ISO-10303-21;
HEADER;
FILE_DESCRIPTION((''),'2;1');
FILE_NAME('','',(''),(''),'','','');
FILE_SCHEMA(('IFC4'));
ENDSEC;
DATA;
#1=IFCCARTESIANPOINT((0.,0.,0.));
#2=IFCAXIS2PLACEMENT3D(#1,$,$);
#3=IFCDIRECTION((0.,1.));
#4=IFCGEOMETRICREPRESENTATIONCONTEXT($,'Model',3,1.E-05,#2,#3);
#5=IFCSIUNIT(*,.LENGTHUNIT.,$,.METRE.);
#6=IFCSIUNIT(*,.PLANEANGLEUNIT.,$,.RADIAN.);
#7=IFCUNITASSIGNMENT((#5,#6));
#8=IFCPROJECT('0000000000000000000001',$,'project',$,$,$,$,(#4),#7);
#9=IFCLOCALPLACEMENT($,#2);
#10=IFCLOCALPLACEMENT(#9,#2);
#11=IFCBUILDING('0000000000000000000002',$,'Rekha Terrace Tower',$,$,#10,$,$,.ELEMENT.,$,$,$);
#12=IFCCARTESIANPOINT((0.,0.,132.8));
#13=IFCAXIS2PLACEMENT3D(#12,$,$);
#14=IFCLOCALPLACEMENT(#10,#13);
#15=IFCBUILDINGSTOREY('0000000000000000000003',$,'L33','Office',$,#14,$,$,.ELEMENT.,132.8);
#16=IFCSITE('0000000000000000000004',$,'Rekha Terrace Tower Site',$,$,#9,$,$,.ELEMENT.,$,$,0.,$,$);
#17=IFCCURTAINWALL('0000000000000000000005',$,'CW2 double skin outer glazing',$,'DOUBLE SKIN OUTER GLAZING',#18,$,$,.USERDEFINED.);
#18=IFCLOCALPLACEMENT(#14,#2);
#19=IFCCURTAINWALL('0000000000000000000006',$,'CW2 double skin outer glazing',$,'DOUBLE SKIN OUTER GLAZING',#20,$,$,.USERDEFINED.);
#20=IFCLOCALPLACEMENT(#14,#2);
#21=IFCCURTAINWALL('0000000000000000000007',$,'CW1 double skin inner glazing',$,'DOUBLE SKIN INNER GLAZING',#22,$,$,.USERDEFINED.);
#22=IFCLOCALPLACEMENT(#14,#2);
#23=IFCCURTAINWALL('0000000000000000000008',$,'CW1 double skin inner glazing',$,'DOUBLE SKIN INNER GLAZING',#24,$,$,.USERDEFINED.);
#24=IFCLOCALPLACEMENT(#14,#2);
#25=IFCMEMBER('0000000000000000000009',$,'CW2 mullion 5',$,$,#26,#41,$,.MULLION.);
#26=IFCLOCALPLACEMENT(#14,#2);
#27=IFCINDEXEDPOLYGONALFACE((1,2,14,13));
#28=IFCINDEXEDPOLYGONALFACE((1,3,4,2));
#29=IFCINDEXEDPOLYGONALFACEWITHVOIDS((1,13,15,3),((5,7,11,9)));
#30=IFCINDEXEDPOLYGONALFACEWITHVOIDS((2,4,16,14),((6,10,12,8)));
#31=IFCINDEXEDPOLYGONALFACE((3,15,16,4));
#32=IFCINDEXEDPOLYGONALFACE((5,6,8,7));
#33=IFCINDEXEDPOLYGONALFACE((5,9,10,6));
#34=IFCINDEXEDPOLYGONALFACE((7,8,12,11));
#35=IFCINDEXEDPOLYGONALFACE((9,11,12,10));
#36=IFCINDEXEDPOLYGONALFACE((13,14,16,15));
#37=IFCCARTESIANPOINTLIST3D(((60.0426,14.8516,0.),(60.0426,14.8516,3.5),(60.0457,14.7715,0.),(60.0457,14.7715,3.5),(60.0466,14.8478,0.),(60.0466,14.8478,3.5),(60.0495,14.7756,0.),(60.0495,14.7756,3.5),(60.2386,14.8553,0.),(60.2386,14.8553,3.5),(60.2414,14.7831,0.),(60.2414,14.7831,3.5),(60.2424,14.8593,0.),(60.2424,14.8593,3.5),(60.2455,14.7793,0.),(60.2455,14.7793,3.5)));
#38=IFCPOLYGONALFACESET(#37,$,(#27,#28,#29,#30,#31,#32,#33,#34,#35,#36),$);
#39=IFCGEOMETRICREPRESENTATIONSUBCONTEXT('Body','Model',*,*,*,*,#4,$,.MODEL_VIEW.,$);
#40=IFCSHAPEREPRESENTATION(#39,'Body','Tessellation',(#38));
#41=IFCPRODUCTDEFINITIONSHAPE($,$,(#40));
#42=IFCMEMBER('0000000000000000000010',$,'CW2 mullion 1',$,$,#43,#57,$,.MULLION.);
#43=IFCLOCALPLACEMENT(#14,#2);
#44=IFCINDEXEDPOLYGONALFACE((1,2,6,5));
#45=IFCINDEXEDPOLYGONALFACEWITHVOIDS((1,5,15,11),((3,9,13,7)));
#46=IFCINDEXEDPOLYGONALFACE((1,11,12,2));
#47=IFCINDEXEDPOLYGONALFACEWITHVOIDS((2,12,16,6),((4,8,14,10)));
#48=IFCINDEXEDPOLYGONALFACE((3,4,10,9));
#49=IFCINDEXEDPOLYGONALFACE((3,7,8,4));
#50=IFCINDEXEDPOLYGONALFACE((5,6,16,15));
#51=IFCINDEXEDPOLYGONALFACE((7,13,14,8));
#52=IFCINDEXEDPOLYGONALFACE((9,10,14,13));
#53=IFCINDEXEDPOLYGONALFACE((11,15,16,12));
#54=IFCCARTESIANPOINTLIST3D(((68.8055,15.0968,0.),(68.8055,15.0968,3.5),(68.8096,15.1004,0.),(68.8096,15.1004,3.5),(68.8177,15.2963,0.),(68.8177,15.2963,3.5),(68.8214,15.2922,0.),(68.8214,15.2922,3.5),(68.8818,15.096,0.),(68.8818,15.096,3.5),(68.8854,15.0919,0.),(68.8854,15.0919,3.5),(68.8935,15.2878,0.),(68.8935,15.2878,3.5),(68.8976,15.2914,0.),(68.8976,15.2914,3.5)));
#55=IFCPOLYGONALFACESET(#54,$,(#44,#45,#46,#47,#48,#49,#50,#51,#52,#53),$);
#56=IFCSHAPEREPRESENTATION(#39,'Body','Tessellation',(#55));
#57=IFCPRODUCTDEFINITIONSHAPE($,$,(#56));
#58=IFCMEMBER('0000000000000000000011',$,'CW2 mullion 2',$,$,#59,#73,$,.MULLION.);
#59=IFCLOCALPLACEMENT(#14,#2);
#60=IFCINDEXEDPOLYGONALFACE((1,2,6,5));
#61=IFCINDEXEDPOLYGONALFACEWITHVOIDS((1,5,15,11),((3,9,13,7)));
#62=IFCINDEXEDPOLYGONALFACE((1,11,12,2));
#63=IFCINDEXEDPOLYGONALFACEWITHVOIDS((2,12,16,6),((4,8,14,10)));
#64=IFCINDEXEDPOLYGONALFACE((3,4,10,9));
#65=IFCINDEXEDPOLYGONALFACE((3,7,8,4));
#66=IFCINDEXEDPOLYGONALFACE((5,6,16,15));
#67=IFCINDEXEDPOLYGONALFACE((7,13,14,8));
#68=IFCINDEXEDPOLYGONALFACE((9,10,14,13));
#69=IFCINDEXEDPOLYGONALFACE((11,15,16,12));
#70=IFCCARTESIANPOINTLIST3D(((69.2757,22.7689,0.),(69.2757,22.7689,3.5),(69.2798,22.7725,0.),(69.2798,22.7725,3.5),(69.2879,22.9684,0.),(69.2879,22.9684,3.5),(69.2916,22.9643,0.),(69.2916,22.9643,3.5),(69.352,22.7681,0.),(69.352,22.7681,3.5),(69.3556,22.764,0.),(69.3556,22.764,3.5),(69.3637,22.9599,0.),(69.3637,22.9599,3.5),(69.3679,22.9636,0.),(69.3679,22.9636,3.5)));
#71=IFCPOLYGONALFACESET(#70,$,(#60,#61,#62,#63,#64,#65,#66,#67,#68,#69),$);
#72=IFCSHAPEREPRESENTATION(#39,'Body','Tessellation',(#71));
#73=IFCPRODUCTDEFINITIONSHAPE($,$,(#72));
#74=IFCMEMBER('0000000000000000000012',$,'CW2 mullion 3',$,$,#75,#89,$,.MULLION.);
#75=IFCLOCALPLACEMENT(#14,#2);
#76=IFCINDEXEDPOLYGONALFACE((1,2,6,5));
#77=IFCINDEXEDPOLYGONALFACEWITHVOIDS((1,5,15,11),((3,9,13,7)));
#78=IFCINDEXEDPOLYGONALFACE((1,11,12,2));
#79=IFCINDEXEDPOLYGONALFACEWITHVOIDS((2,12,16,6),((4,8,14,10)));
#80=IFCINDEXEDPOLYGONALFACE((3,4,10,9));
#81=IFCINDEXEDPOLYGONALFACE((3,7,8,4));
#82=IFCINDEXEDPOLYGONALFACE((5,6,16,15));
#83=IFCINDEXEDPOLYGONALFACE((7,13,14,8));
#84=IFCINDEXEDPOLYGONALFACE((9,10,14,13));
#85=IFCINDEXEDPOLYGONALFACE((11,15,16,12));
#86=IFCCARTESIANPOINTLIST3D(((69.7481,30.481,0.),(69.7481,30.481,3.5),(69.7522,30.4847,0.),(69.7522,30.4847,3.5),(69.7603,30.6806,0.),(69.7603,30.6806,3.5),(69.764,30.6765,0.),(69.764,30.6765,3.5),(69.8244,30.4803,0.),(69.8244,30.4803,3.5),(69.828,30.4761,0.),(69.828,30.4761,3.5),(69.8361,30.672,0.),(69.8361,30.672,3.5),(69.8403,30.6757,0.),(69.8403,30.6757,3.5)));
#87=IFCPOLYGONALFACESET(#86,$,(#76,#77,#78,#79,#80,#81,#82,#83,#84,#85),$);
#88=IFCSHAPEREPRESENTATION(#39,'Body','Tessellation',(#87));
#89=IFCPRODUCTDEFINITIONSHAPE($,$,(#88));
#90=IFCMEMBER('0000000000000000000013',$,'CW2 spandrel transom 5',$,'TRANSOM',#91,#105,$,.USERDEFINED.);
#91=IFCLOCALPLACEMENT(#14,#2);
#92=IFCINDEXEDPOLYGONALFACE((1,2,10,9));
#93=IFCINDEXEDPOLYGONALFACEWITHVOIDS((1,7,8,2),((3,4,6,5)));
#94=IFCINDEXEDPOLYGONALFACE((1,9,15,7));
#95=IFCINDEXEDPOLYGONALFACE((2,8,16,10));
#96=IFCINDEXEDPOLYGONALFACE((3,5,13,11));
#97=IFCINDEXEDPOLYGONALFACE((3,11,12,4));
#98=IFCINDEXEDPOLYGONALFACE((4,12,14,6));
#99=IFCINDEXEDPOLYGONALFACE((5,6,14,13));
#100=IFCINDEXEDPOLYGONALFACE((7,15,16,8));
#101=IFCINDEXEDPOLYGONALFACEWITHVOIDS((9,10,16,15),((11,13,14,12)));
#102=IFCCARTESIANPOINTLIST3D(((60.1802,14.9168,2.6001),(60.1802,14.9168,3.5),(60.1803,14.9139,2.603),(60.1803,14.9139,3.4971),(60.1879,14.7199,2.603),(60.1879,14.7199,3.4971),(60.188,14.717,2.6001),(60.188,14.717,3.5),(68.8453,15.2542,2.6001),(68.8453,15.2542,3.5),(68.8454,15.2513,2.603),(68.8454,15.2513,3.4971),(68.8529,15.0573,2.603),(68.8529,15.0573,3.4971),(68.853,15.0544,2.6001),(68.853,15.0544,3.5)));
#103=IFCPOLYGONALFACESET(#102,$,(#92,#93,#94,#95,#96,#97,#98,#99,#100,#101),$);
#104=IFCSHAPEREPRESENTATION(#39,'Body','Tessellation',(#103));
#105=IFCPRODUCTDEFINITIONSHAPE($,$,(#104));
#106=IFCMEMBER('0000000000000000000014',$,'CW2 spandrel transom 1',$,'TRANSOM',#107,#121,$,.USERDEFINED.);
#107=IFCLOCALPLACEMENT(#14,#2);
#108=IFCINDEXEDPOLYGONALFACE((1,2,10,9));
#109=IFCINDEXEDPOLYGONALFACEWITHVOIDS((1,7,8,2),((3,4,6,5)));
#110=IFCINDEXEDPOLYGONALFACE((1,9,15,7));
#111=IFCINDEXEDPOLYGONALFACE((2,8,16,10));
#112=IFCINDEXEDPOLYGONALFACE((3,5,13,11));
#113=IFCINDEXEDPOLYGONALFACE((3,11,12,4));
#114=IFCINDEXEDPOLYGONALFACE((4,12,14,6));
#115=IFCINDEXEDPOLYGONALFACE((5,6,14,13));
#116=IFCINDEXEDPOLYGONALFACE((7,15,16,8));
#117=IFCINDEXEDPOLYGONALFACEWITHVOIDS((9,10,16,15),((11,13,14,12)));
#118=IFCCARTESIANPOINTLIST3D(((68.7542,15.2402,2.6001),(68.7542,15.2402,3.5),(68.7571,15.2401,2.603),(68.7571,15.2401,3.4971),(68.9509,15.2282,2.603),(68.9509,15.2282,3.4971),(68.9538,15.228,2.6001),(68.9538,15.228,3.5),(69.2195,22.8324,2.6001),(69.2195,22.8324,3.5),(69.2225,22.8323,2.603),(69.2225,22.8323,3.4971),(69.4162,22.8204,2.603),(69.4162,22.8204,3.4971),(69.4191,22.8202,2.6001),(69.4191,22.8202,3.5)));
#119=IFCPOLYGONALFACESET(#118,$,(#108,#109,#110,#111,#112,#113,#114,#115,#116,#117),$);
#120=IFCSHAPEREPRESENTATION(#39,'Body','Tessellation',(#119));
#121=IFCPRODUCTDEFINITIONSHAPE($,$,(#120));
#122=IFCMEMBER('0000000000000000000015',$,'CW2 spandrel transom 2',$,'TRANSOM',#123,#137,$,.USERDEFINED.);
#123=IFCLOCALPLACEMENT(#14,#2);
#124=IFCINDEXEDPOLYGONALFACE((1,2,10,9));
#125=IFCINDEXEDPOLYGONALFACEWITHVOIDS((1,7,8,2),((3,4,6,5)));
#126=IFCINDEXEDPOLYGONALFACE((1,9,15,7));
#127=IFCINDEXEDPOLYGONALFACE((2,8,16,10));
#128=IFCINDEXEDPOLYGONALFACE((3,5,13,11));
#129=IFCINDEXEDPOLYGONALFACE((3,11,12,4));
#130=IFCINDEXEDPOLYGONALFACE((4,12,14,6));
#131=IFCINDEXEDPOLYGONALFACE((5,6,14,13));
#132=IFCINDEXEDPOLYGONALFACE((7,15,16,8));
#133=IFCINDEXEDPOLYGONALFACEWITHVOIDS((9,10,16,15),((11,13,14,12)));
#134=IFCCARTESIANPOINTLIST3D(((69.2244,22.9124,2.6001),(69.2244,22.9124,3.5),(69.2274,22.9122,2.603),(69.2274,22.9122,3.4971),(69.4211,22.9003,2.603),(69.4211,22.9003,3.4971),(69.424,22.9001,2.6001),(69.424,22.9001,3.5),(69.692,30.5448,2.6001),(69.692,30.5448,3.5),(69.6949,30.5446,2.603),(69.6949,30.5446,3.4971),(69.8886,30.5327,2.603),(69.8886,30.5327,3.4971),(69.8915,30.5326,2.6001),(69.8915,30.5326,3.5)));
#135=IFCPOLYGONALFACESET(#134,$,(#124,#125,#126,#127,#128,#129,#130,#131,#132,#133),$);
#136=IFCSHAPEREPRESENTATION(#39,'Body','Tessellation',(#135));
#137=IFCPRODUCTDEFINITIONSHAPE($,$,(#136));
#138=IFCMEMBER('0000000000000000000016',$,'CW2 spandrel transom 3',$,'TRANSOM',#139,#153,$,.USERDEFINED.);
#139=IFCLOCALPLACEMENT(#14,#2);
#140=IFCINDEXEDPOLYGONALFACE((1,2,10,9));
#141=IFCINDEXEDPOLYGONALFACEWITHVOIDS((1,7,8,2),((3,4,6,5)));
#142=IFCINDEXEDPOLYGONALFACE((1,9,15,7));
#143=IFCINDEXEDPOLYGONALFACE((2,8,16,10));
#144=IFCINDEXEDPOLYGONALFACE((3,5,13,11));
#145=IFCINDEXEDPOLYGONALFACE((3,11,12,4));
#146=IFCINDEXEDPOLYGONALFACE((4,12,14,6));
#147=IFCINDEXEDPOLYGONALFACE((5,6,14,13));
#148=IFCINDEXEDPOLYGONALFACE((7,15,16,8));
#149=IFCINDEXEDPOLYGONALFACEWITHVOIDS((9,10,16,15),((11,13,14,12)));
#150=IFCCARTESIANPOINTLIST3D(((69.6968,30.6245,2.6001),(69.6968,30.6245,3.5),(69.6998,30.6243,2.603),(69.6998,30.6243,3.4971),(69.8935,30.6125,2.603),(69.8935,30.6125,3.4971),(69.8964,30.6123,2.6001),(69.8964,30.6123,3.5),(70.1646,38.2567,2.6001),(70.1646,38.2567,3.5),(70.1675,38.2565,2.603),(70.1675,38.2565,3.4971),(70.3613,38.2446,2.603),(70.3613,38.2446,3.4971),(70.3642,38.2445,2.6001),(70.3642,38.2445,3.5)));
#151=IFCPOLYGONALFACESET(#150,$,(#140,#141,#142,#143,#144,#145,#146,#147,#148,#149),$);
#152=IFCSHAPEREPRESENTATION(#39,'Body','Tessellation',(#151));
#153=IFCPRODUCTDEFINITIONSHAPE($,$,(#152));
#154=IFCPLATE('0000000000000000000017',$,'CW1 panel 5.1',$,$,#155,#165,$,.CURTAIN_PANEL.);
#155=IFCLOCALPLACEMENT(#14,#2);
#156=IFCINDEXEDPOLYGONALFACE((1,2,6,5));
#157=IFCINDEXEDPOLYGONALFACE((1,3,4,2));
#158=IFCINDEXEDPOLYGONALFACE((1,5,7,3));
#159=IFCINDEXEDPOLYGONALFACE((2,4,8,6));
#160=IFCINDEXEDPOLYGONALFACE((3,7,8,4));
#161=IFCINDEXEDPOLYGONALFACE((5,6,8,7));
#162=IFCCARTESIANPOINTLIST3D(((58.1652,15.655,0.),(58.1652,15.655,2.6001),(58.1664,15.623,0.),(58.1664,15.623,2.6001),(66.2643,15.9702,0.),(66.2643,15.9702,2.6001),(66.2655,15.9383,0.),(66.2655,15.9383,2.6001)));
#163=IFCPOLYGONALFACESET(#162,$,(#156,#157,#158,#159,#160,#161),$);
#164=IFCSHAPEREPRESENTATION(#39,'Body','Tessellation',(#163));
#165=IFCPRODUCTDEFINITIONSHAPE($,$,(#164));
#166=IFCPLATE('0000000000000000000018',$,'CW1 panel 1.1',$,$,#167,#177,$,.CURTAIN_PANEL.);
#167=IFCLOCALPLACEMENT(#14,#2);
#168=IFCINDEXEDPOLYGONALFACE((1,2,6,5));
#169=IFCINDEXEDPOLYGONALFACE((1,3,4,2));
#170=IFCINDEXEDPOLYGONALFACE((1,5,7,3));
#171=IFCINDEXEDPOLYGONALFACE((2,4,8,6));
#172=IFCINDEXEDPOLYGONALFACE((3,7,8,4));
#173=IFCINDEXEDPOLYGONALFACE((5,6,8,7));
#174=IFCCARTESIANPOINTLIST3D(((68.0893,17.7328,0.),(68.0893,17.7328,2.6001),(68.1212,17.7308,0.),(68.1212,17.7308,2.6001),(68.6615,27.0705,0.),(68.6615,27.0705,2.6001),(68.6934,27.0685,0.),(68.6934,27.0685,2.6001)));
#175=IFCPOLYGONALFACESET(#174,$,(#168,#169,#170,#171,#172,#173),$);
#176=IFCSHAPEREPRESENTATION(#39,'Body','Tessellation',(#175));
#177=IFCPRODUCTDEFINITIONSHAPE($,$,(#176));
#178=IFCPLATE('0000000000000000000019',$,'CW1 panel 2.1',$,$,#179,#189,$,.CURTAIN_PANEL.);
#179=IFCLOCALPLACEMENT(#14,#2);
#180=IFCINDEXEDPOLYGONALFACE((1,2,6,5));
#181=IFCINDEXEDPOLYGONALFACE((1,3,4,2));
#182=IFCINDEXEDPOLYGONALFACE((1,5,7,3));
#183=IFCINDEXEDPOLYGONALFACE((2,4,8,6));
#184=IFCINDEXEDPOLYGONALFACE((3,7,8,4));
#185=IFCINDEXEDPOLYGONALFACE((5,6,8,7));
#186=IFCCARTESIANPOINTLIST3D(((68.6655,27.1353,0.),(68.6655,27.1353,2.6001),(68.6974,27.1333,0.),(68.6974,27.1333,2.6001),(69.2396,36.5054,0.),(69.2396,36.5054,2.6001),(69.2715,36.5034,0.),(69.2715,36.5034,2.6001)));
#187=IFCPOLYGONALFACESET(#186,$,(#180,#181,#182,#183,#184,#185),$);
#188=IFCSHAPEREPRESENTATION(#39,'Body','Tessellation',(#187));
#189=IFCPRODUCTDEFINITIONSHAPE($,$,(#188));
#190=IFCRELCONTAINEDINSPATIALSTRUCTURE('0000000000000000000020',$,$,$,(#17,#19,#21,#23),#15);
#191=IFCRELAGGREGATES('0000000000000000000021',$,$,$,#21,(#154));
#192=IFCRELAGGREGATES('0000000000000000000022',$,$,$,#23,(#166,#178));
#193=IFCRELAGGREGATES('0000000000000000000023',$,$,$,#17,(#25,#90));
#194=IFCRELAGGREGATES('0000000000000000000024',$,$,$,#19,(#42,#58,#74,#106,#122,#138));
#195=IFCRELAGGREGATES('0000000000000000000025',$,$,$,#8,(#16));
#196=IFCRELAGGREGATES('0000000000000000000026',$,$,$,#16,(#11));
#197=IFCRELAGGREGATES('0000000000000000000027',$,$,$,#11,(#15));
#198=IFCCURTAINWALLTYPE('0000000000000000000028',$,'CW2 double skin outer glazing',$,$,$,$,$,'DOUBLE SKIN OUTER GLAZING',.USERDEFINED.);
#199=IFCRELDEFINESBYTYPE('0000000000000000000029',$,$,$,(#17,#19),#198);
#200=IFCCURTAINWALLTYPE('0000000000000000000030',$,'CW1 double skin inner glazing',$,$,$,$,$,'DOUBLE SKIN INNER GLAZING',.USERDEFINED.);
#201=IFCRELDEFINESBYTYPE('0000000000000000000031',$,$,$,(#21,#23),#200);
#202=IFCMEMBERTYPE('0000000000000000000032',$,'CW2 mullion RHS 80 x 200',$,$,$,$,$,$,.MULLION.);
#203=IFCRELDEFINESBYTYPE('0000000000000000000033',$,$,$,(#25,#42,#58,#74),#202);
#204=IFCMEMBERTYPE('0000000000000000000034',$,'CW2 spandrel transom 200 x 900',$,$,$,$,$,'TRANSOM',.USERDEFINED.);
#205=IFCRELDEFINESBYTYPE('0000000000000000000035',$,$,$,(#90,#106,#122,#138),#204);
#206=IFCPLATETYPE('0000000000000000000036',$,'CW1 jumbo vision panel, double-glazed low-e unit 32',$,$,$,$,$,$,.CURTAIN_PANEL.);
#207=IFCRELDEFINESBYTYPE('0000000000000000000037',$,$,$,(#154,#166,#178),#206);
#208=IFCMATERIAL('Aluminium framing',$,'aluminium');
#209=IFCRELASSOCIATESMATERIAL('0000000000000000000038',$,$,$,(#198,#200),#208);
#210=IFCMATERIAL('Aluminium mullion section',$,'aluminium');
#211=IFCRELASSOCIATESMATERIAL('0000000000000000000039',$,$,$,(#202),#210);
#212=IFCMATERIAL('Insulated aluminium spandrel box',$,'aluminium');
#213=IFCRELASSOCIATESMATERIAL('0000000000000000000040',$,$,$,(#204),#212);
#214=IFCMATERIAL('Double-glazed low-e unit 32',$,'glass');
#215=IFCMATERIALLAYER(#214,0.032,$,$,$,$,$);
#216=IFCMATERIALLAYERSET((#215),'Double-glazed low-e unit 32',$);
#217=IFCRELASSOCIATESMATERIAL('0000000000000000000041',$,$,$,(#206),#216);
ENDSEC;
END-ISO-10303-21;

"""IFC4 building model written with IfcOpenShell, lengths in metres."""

from ifc_helpers import new_model, si_unit, direction, frame, origin, origin_2d, place, context, subcontext, project, spatial, rectangle, hollow_rectangle, extrude, material, layer, layer_set, material_profile, profile_set, type_object, element, aggregate, save


model = new_model("IFC4")

# Units and contexts
model_context = context("Model", 3, precision=1e-05, world=origin(), true_north=direction((0.0, 1.0)))
body_context = subcontext(model_context, "Body", "Model", "MODEL_VIEW")
ifc_project = project(units=[si_unit("LENGTHUNIT", "METRE"), si_unit("PLANEANGLEUNIT", "RADIAN")], contexts=[model_context])

# Site, building, storey
site_placement = place(None, origin())
site = spatial("IfcSite", under=ifc_project, at=site_placement, Name="Rekha Terrace Tower Site", CompositionType="ELEMENT", RefElevation=0.0)
building_placement = place(site_placement, origin())
building = spatial("IfcBuilding", under=site, at=building_placement, Name="Rekha Terrace Tower", CompositionType="ELEMENT")
storey_placement = place(building_placement, frame((0.0, 0.0, 132.8)))
storey = spatial("IfcBuildingStorey", under=building, at=storey_placement, Name="L33", Description="Office", CompositionType="ELEMENT", Elevation=132.8)

# Curtain wall
ifc_material_1 = material(Name="Aluminium framing", Category="aluminium")
curtain_wall_type_1 = type_object("IfcCurtainWallType", Name="CW2 double skin outer glazing", ElementType="DOUBLE SKIN OUTER GLAZING", PredefinedType="USERDEFINED", material=ifc_material_1)
curtain_wall_1_placement = place(storey_placement, origin())
curtain_wall_1 = element("IfcCurtainWall", 1, at=curtain_wall_1_placement, inside=storey, type_object=curtain_wall_type_1, Name="CW2 double skin outer glazing", ObjectType="DOUBLE SKIN OUTER GLAZING", PredefinedType="USERDEFINED")

# Curtain wall
curtain_wall_2_placement = place(storey_placement, origin())
curtain_wall_2 = element("IfcCurtainWall", 2, at=curtain_wall_2_placement, inside=storey, type_object=curtain_wall_type_1, Name="CW2 double skin outer glazing", ObjectType="DOUBLE SKIN OUTER GLAZING", PredefinedType="USERDEFINED")

# Curtain wall
curtain_wall_type_2 = type_object("IfcCurtainWallType", Name="CW1 double skin inner glazing", ElementType="DOUBLE SKIN INNER GLAZING", PredefinedType="USERDEFINED", material=ifc_material_1)
curtain_wall_3_placement = place(storey_placement, origin())
curtain_wall_3 = element("IfcCurtainWall", 3, at=curtain_wall_3_placement, inside=storey, type_object=curtain_wall_type_2, Name="CW1 double skin inner glazing", ObjectType="DOUBLE SKIN INNER GLAZING", PredefinedType="USERDEFINED")
ifc_material_2 = material(Name="Aluminium mullion section", Category="aluminium")

# Curtain wall
curtain_wall_4_placement = place(storey_placement, origin())
curtain_wall_4 = element("IfcCurtainWall", 4, at=curtain_wall_4_placement, inside=storey, type_object=curtain_wall_type_2, Name="CW1 double skin inner glazing", ObjectType="DOUBLE SKIN INNER GLAZING", PredefinedType="USERDEFINED")
ifc_material_3 = material(Name="Insulated aluminium spandrel box", Category="aluminium")

# Members
ifc_material_profile_1 = material_profile(ifc_material_2, hollow_rectangle(XDim=0.0801, YDim=0.2, WallThickness=0.0039, at=origin_2d()), Name="AL RHS 80x200")
ifc_profile_set_1 = profile_set([ifc_material_profile_1], Name="Aluminium mullion section")
member_type_1 = type_object("IfcMemberType", Name="CW2 mullion RHS 80 x 200", PredefinedType="MULLION", material=ifc_profile_set_1)
member_1_placement = place(storey_placement, frame((60.144, 14.8154, 0.0), z_axis=(0.0, 0.0, 1.0), x_axis=(-0.03889, 0.999243, 0.0)))
member_1 = element("IfcMember", 5, at=member_1_placement, type_object=member_type_1, Name="CW2 mullion 5", PredefinedType="MULLION", context=body_context, shape_type="SweptSolid", body=[
    extrude(hollow_rectangle(XDim=0.0801, YDim=0.2, WallThickness=0.0039, at=origin_2d()), origin(), (0.0, 0.0, 1.0), 3.5),
])
member_2_placement = place(storey_placement, frame((68.8516, 15.1941, 0.0), z_axis=(0.0, 0.0, 1.0), x_axis=(-0.998128, 0.06116, 0.0)))
member_2 = element("IfcMember", 6, at=member_2_placement, type_object=member_type_1, Name="CW2 mullion 1", PredefinedType="MULLION", context=body_context, shape_type="SweptSolid", body=[
    extrude(hollow_rectangle(XDim=0.0801, YDim=0.2, WallThickness=0.0039, at=origin_2d()), origin(), (0.0, 0.0, 1.0), 3.5),
])
member_3_placement = place(storey_placement, frame((69.3218, 22.8662, 0.0), z_axis=(0.0, 0.0, 1.0), x_axis=(-0.998128, 0.06116, 0.0)))
member_3 = element("IfcMember", 7, at=member_3_placement, type_object=member_type_1, Name="CW2 mullion 2", PredefinedType="MULLION", context=body_context, shape_type="SweptSolid", body=[
    extrude(hollow_rectangle(XDim=0.0801, YDim=0.2, WallThickness=0.0039, at=origin_2d()), origin(), (0.0, 0.0, 1.0), 3.5),
])
member_4_placement = place(storey_placement, frame((69.7942, 30.5784, 0.0), z_axis=(0.0, 0.0, 1.0), x_axis=(-0.998128, 0.06116, 0.0)))
member_4 = element("IfcMember", 8, at=member_4_placement, type_object=member_type_1, Name="CW2 mullion 3", PredefinedType="MULLION", context=body_context, shape_type="SweptSolid", body=[
    extrude(hollow_rectangle(XDim=0.0801, YDim=0.2, WallThickness=0.0039, at=origin_2d()), origin(), (0.0, 0.0, 1.0), 3.5),
])
ifc_material_profile_2 = material_profile(ifc_material_3, hollow_rectangle(XDim=0.2, YDim=0.8999, WallThickness=0.0029, at=origin_2d()), Name="AL SPANDREL BOX 200x900")
ifc_profile_set_2 = profile_set([ifc_material_profile_2], Name="Insulated aluminium spandrel box")
member_type_2 = type_object("IfcMemberType", Name="CW2 spandrel transom 200 x 900", ElementType="TRANSOM", PredefinedType="USERDEFINED", material=ifc_profile_set_2)
member_5_placement = place(storey_placement, frame((60.1841, 14.8169, 3.05), z_axis=(0.999243, 0.038909, 0.0), x_axis=(-0.038909, 0.999243, 0.0)))
member_5 = element("IfcMember", 9, at=member_5_placement, type_object=member_type_2, Name="CW2 spandrel transom 5", ObjectType="TRANSOM", PredefinedType="USERDEFINED", context=body_context, shape_type="SweptSolid", body=[
    extrude(hollow_rectangle(XDim=0.2, YDim=0.8999, WallThickness=0.0029, at=origin_2d()), origin(), (0.0, 0.0, 1.0), 8.6716),
])
member_6_placement = place(storey_placement, frame((68.854, 15.2341, 3.05), z_axis=(0.061175, 0.998127, 0.0), x_axis=(-0.998127, 0.061175, 0.0)))
member_6 = element("IfcMember", 10, at=member_6_placement, type_object=member_type_2, Name="CW2 spandrel transom 1", ObjectType="TRANSOM", PredefinedType="USERDEFINED", context=body_context, shape_type="SweptSolid", body=[
    extrude(hollow_rectangle(XDim=0.2, YDim=0.8999, WallThickness=0.0029, at=origin_2d()), origin(), (0.0, 0.0, 1.0), 7.6064),
])
member_7_placement = place(storey_placement, frame((69.3242, 22.9062, 3.05), z_axis=(0.061142, 0.998129, 0.0), x_axis=(-0.998129, 0.061142, 0.0)))
member_7 = element("IfcMember", 11, at=member_7_placement, type_object=member_type_2, Name="CW2 spandrel transom 2", ObjectType="TRANSOM", PredefinedType="USERDEFINED", context=body_context, shape_type="SweptSolid", body=[
    extrude(hollow_rectangle(XDim=0.2, YDim=0.8999, WallThickness=0.0029, at=origin_2d()), origin(), (0.0, 0.0, 1.0), 7.6467),
])
member_8_placement = place(storey_placement, frame((69.7966, 30.6184, 3.05), z_axis=(0.061176, 0.998127, 0.0), x_axis=(-0.998127, 0.061176, 0.0)))
member_8 = element("IfcMember", 12, at=member_8_placement, type_object=member_type_2, Name="CW2 spandrel transom 3", ObjectType="TRANSOM", PredefinedType="USERDEFINED", context=body_context, shape_type="SweptSolid", body=[
    extrude(hollow_rectangle(XDim=0.2, YDim=0.8999, WallThickness=0.0029, at=origin_2d()), origin(), (0.0, 0.0, 1.0), 7.6465),
])

# Plates
ifc_material_4 = material(Name="Double-glazed low-e unit 32", Category="glass")
ifc_layer_1 = layer(ifc_material_4, 0.032)
ifc_layer_set_1 = layer_set([ifc_layer_1], Name="Double-glazed low-e unit 32")
plate_type_1 = type_object("IfcPlateType", Name="CW1 jumbo vision panel, double-glazed low-e unit 32", PredefinedType="CURTAIN_PANEL", material=ifc_layer_set_1)
plate_1_placement = place(storey_placement, frame((62.2153, 15.7966, 0.0), z_axis=(0.0, 0.0, 1.0), x_axis=(0.999243, 0.03889, 0.0)))
plate_1 = element("IfcPlate", 13, at=plate_1_placement, type_object=plate_type_1, Name="CW1 panel 5.1", PredefinedType="CURTAIN_PANEL", context=body_context, shape_type="SweptSolid", body=[
    extrude(rectangle(XDim=8.1052, YDim=0.032, at=origin_2d()), origin(), (0.0, 0.0, 1.0), 2.6001),
])
aggregate(curtain_wall_3, [plate_1])
plate_2_placement = place(storey_placement, frame((68.3914, 22.4006, 0.0), z_axis=(0.0, 0.0, 1.0), x_axis=(0.06116, 0.998128, 0.0)))
plate_2 = element("IfcPlate", 14, at=plate_2_placement, type_object=plate_type_1, Name="CW1 panel 1.1", PredefinedType="CURTAIN_PANEL", context=body_context, shape_type="SweptSolid", body=[
    extrude(rectangle(XDim=9.3552, YDim=0.032, at=origin_2d()), origin(), (0.0, 0.0, 1.0), 2.6001),
])
plate_3_placement = place(storey_placement, frame((68.9685, 31.8193, 0.0), z_axis=(0.0, 0.0, 1.0), x_axis=(0.06116, 0.998128, 0.0)))
plate_3 = element("IfcPlate", 15, at=plate_3_placement, type_object=plate_type_1, Name="CW1 panel 2.1", PredefinedType="CURTAIN_PANEL", context=body_context, shape_type="SweptSolid", body=[
    extrude(rectangle(XDim=9.3877, YDim=0.032, at=origin_2d()), origin(), (0.0, 0.0, 1.0), 2.6001),
])
aggregate(curtain_wall_4, [plate_2, plate_3])
aggregate(curtain_wall_1, [member_1, member_5])
aggregate(curtain_wall_2, [member_2, member_3, member_4, member_6, member_7, member_8])

save(model, "model.ifc")
